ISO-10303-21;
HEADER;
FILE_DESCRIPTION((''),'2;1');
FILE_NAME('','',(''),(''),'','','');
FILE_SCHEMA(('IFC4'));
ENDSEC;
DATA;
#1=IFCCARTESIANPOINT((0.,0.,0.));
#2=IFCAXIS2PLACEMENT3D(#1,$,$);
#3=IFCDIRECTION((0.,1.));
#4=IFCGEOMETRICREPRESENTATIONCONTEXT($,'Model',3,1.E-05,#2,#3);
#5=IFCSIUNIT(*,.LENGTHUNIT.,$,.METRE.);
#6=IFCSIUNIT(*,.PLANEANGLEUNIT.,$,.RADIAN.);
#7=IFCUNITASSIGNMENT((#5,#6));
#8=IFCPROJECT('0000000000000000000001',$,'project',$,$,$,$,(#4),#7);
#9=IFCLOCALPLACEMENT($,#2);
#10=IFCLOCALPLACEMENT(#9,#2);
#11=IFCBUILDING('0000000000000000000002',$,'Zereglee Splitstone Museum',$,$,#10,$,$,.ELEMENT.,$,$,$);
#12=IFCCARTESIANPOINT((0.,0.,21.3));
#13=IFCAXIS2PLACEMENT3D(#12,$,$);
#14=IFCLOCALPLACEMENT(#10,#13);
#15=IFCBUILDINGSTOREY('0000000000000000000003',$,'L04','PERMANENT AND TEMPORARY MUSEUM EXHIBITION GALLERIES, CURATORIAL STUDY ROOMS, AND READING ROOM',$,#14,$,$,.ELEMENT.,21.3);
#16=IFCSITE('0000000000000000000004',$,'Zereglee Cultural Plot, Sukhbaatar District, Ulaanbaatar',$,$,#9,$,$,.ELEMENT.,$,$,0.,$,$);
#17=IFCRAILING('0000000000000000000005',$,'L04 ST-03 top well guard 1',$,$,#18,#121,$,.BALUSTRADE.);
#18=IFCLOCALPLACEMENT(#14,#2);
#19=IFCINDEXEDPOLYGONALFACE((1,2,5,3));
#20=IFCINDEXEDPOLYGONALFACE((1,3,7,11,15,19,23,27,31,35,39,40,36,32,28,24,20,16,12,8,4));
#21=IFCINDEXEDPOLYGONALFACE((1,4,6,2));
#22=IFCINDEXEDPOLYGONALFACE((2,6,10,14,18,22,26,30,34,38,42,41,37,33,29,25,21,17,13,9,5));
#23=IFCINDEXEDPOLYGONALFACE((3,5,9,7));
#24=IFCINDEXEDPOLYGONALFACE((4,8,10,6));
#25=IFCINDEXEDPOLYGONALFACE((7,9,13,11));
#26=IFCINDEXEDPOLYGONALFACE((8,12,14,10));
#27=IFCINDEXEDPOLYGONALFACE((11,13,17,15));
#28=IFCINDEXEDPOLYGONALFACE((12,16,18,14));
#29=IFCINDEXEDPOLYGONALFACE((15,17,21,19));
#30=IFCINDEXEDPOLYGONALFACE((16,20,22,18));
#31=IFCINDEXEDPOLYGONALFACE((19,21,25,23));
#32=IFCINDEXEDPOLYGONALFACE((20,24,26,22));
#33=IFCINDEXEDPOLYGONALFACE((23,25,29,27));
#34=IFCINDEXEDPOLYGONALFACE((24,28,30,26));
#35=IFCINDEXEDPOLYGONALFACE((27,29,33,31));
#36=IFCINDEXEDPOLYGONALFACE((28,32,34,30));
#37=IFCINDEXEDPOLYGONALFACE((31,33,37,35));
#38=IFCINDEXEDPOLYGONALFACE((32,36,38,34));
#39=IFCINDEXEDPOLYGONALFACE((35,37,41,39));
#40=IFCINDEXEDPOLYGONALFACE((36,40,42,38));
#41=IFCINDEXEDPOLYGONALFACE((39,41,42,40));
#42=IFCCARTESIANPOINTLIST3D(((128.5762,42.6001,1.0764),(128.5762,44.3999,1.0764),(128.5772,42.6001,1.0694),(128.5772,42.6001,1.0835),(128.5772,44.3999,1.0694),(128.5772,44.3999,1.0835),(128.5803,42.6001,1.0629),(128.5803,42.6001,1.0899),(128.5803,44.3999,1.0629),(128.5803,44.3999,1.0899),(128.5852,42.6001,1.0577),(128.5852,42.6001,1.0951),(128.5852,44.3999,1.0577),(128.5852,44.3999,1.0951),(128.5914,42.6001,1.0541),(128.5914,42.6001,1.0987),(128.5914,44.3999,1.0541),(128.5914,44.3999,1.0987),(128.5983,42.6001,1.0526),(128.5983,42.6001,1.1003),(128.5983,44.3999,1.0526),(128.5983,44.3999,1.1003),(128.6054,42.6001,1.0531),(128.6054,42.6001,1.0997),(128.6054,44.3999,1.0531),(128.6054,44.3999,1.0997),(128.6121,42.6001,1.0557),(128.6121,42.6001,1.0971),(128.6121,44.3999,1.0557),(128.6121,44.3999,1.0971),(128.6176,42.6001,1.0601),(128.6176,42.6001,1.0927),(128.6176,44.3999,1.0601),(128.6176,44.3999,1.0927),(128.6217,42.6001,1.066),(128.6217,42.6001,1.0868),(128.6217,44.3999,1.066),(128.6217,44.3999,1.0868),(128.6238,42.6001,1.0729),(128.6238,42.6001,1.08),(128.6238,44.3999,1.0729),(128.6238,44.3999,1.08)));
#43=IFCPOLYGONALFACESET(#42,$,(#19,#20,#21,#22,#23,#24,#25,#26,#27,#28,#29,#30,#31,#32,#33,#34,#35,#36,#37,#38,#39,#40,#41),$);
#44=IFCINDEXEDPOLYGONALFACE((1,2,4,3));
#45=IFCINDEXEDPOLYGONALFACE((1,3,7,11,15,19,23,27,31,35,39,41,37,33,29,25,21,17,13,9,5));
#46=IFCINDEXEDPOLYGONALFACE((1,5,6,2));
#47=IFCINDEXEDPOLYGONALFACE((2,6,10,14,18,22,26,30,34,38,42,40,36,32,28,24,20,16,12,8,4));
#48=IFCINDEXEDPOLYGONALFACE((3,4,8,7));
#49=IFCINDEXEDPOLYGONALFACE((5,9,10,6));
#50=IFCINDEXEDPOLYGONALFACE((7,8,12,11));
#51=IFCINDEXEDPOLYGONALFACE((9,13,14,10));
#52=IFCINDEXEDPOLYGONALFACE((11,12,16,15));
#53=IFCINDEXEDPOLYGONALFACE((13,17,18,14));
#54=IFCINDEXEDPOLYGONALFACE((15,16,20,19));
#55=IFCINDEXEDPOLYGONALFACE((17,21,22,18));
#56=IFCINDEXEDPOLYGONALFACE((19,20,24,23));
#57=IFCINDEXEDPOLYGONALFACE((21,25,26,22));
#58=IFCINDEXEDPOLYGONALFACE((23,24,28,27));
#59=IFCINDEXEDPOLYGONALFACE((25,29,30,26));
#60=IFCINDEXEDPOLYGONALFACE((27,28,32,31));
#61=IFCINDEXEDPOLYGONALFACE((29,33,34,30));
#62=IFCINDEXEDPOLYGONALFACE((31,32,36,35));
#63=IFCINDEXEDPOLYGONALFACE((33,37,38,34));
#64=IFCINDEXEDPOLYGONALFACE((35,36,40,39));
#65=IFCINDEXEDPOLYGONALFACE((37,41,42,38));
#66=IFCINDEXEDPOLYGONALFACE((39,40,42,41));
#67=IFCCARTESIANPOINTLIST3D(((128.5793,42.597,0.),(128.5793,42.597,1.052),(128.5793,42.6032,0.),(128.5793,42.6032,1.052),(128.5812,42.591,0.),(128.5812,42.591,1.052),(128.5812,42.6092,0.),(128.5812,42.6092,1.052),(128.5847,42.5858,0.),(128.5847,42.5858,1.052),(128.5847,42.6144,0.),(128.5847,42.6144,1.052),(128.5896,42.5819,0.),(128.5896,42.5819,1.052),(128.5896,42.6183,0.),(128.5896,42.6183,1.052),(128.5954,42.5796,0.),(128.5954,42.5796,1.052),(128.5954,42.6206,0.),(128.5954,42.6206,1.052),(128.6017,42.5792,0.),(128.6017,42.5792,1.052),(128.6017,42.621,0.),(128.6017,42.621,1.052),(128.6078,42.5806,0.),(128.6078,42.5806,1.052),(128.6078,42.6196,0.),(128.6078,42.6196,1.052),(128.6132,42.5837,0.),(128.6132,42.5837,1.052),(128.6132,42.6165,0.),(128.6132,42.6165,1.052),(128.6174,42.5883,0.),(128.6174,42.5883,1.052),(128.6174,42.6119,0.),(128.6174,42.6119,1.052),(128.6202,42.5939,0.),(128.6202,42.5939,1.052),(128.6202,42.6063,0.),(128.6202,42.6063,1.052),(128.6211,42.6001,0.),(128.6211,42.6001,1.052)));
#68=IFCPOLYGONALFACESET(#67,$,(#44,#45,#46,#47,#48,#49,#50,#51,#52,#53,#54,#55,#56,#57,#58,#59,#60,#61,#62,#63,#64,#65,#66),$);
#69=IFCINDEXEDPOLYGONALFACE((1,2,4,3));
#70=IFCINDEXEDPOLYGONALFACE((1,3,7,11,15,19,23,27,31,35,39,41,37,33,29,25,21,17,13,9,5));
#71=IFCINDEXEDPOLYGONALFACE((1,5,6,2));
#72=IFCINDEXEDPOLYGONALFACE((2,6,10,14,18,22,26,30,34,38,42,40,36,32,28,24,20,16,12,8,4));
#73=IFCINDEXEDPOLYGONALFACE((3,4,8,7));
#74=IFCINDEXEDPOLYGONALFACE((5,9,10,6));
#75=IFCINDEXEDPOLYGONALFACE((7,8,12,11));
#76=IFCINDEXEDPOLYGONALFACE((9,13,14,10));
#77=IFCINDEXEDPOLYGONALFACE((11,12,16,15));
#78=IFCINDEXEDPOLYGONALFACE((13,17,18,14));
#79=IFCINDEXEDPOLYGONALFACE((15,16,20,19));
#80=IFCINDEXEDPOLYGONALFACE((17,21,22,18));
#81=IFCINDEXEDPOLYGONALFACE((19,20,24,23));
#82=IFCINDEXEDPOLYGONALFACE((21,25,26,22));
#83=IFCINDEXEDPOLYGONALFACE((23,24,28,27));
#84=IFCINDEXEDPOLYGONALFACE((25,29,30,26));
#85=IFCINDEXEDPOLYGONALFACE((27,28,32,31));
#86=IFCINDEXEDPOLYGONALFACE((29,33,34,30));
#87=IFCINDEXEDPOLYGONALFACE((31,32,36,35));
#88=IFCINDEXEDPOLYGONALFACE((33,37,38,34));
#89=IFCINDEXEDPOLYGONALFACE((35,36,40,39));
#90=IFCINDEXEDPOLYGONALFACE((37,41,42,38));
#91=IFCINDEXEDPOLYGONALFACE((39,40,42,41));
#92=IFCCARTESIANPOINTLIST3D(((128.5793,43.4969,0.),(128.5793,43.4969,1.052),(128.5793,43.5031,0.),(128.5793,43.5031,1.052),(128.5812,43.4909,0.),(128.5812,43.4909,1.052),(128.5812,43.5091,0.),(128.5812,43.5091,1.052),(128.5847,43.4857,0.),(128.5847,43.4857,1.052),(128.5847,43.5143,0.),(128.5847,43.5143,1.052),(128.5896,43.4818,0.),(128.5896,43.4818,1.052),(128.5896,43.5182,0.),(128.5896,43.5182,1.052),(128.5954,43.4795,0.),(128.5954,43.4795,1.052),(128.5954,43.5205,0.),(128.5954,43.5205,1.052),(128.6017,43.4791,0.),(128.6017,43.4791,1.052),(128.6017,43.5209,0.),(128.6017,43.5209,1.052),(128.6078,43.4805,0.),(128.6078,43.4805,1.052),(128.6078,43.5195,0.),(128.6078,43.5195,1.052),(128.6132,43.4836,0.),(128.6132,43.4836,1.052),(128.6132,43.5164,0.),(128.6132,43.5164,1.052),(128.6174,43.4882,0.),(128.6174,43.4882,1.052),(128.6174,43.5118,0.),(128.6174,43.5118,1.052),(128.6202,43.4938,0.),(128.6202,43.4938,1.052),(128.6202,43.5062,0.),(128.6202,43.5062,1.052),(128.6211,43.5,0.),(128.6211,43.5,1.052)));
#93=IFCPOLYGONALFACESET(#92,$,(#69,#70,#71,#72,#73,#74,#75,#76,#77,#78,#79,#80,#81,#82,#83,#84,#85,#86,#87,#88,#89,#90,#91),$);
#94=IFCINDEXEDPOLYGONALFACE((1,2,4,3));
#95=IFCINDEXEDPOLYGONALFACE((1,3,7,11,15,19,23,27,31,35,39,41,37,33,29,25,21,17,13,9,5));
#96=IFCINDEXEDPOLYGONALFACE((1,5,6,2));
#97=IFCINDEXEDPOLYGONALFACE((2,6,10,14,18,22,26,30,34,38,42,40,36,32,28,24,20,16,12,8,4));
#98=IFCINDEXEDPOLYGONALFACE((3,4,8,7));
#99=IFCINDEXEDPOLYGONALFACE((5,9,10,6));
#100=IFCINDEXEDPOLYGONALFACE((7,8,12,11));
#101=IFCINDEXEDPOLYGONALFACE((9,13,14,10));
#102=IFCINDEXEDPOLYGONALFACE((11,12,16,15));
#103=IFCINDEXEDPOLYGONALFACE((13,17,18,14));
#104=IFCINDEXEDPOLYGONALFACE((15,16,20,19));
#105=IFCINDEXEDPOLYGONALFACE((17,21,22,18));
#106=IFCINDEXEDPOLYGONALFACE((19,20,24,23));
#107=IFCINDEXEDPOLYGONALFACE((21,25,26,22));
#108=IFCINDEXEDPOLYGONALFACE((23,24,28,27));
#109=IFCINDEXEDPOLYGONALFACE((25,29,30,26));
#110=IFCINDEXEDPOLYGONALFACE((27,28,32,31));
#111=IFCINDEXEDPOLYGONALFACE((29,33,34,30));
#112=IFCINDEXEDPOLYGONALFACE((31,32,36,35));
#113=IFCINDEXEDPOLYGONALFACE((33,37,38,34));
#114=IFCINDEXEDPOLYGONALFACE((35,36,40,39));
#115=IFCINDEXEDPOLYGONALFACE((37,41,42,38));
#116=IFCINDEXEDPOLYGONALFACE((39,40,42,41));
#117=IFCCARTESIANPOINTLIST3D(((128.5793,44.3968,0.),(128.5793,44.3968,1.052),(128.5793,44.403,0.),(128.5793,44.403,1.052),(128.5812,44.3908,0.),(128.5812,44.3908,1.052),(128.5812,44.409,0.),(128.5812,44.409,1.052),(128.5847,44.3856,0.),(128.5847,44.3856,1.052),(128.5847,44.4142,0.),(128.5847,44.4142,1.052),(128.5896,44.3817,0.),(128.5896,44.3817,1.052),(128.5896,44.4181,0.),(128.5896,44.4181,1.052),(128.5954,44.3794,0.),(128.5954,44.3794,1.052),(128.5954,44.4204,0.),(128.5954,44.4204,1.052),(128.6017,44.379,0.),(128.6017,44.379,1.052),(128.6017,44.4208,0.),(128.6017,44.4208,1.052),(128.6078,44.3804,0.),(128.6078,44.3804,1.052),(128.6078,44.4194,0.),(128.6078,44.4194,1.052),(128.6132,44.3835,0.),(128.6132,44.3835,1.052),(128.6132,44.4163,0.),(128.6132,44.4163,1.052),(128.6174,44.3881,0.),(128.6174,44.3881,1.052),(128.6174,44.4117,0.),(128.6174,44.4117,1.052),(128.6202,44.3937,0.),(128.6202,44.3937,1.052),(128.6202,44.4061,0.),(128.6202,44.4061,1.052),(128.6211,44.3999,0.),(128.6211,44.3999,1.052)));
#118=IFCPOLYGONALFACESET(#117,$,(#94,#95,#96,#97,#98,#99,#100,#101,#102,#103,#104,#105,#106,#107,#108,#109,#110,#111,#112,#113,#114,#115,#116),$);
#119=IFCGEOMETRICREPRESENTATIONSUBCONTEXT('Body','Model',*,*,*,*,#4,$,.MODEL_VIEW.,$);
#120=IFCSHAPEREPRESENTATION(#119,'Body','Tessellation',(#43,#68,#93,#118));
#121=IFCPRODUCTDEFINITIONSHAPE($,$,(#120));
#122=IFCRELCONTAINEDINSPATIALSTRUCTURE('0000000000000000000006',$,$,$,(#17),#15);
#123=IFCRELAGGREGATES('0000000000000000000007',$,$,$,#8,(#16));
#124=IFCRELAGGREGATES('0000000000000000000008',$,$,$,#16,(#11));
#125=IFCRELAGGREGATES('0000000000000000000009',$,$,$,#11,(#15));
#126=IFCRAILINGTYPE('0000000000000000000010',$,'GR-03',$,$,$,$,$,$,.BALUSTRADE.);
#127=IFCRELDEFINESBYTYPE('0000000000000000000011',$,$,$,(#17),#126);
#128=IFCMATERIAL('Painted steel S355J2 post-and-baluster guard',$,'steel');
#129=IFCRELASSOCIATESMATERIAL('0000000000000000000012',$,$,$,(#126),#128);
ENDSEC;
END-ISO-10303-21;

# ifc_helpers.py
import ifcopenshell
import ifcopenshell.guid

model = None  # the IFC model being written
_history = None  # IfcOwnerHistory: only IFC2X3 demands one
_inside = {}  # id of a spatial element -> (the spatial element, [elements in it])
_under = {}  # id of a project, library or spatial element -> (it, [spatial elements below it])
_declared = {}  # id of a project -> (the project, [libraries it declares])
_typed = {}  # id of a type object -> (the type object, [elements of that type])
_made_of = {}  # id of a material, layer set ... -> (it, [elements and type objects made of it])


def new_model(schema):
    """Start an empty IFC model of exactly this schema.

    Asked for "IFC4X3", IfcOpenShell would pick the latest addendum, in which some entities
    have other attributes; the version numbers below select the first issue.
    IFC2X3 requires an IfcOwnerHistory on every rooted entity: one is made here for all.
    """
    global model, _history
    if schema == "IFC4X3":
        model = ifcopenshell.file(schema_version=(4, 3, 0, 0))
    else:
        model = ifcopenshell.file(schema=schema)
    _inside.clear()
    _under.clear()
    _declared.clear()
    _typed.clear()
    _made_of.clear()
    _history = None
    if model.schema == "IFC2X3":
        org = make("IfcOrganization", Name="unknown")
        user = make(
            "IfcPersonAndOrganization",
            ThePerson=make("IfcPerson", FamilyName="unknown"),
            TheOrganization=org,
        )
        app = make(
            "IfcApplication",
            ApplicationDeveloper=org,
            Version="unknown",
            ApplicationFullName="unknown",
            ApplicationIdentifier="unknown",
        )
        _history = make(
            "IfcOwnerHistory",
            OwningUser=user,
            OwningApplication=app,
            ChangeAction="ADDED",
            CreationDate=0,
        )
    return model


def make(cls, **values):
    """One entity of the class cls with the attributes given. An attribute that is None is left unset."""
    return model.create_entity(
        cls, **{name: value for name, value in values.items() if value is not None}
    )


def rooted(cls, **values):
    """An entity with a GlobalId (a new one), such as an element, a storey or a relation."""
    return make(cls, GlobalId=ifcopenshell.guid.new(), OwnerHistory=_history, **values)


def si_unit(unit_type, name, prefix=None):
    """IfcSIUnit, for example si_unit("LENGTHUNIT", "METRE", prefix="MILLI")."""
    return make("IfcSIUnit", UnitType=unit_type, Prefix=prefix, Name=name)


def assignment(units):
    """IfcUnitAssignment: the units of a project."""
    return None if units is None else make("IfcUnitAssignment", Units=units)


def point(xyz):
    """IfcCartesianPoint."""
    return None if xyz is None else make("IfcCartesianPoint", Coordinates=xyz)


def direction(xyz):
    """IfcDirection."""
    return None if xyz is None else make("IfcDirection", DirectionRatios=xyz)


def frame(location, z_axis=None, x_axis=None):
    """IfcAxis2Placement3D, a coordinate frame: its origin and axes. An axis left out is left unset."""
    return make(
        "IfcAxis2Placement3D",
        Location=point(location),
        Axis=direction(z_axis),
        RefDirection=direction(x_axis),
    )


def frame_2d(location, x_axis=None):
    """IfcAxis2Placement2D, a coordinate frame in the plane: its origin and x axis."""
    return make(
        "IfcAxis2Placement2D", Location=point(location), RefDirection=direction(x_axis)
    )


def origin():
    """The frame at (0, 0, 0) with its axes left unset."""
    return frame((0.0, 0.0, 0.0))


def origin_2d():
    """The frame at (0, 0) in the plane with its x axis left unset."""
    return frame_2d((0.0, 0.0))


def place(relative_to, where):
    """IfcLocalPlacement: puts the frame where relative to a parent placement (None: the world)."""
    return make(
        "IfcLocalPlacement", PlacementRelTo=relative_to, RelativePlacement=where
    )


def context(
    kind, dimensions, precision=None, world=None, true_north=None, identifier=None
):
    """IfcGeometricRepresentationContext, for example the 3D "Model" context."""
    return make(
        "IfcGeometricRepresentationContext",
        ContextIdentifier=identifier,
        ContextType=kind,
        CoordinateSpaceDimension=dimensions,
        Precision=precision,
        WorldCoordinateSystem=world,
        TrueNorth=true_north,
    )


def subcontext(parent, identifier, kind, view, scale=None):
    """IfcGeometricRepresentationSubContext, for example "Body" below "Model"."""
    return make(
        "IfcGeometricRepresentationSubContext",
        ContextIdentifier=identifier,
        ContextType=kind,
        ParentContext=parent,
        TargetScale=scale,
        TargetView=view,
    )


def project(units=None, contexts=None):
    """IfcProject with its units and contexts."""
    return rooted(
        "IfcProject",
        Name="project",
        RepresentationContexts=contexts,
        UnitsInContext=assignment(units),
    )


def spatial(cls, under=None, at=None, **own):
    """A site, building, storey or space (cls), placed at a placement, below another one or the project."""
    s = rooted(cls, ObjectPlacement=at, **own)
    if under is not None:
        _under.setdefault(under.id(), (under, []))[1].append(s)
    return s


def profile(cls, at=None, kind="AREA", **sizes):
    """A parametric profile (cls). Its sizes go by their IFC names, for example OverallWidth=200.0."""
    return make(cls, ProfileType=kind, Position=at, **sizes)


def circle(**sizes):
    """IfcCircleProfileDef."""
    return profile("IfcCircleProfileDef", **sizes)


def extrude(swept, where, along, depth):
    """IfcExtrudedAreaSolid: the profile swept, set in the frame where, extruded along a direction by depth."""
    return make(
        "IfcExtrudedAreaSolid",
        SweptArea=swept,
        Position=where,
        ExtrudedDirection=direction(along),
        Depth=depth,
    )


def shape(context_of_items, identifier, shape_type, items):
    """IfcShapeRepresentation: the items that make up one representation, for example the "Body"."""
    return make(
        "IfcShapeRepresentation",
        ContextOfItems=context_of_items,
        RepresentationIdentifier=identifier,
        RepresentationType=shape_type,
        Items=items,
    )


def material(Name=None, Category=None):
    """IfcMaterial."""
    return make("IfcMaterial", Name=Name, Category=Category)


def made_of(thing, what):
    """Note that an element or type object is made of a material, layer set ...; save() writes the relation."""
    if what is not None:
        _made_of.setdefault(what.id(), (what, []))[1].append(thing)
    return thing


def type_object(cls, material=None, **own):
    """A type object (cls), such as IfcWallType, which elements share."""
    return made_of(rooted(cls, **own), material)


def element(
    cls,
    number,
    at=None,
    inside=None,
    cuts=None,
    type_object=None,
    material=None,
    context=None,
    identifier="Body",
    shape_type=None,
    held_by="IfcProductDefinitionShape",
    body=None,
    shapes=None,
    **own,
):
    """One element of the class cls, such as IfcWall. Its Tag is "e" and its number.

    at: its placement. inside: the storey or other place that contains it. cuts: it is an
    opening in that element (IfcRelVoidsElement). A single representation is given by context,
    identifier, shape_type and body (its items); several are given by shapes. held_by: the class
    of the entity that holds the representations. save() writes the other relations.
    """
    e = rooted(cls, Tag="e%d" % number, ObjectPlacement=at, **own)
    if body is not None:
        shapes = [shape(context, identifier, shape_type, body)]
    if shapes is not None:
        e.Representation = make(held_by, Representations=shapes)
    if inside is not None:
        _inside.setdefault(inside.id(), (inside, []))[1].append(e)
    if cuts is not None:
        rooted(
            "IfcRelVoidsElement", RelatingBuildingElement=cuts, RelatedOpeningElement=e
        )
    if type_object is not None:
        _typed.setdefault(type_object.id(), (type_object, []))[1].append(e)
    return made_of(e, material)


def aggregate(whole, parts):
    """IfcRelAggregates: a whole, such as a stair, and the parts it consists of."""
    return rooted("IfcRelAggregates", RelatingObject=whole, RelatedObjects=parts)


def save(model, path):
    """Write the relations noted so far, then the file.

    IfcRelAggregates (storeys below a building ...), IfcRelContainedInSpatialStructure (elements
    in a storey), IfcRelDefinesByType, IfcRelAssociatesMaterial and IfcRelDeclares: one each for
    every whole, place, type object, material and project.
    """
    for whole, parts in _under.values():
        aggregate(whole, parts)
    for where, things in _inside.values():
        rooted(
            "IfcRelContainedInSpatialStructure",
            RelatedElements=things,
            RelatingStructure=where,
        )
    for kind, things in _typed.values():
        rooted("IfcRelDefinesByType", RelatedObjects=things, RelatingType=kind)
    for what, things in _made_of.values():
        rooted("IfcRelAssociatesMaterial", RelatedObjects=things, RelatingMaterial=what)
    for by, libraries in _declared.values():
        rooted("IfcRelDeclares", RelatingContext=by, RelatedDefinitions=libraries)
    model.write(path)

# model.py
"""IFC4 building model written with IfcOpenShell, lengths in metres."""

from ifc_helpers import new_model, si_unit, direction, frame, origin, origin_2d, place, context, subcontext, project, spatial, circle, extrude, material, type_object, element, save


model = new_model("IFC4")

# Units and contexts
model_context = context("Model", 3, precision=1e-05, world=origin(), true_north=direction((0.0, 1.0)))
body_context = subcontext(model_context, "Body", "Model", "MODEL_VIEW")
ifc_project = project(units=[si_unit("LENGTHUNIT", "METRE"), si_unit("PLANEANGLEUNIT", "RADIAN")], contexts=[model_context])

# Site, building, storey
site_placement = place(None, origin())
site = spatial("IfcSite", under=ifc_project, at=site_placement, Name="Zereglee Cultural Plot, Sukhbaatar District, Ulaanbaatar", CompositionType="ELEMENT", RefElevation=0.0)
building_placement = place(site_placement, origin())
building = spatial("IfcBuilding", under=site, at=building_placement, Name="Zereglee Splitstone Museum", CompositionType="ELEMENT")
storey_placement = place(building_placement, frame((0.0, 0.0, 21.3)))
storey = spatial("IfcBuildingStorey", under=building, at=storey_placement, Name="L04", Description="PERMANENT AND TEMPORARY MUSEUM EXHIBITION GALLERIES, CURATORIAL STUDY ROOMS, AND READING ROOM", CompositionType="ELEMENT", Elevation=21.3)

# Railing
ifc_material_1 = material(Name="Painted steel S355J2 post-and-baluster guard", Category="steel")
railing_type = type_object("IfcRailingType", Name="GR-03", PredefinedType="BALUSTRADE", material=ifc_material_1)
railing_1_placement = place(storey_placement, frame((128.6001, 42.6001, 0.0)))
element("IfcRailing", 1, at=railing_1_placement, inside=storey, type_object=railing_type, Name="L04 ST-03 top well guard 1", PredefinedType="BALUSTRADE", context=body_context, shape_type="SweptSolid", body=[
    extrude(circle(Radius=0.0239, at=origin_2d()), frame((0.0, 0.0, 1.0764), z_axis=(0.0, 1.0, 0.0), x_axis=(-1.0, 0.0, 0.0)), (0.0, 0.0, 1.0), 1.7998),
    extrude(circle(Radius=0.021, at=origin_2d()), origin(), (0.0, 0.0, 1.0), 1.052),
    extrude(circle(Radius=0.021, at=origin_2d()), frame((0.0, 0.8999, 0.0)), (0.0, 0.0, 1.0), 1.052),
    extrude(circle(Radius=0.021, at=origin_2d()), frame((0.0, 1.7998, 0.0)), (0.0, 0.0, 1.0), 1.052),
])

save(model, "model.ifc")
